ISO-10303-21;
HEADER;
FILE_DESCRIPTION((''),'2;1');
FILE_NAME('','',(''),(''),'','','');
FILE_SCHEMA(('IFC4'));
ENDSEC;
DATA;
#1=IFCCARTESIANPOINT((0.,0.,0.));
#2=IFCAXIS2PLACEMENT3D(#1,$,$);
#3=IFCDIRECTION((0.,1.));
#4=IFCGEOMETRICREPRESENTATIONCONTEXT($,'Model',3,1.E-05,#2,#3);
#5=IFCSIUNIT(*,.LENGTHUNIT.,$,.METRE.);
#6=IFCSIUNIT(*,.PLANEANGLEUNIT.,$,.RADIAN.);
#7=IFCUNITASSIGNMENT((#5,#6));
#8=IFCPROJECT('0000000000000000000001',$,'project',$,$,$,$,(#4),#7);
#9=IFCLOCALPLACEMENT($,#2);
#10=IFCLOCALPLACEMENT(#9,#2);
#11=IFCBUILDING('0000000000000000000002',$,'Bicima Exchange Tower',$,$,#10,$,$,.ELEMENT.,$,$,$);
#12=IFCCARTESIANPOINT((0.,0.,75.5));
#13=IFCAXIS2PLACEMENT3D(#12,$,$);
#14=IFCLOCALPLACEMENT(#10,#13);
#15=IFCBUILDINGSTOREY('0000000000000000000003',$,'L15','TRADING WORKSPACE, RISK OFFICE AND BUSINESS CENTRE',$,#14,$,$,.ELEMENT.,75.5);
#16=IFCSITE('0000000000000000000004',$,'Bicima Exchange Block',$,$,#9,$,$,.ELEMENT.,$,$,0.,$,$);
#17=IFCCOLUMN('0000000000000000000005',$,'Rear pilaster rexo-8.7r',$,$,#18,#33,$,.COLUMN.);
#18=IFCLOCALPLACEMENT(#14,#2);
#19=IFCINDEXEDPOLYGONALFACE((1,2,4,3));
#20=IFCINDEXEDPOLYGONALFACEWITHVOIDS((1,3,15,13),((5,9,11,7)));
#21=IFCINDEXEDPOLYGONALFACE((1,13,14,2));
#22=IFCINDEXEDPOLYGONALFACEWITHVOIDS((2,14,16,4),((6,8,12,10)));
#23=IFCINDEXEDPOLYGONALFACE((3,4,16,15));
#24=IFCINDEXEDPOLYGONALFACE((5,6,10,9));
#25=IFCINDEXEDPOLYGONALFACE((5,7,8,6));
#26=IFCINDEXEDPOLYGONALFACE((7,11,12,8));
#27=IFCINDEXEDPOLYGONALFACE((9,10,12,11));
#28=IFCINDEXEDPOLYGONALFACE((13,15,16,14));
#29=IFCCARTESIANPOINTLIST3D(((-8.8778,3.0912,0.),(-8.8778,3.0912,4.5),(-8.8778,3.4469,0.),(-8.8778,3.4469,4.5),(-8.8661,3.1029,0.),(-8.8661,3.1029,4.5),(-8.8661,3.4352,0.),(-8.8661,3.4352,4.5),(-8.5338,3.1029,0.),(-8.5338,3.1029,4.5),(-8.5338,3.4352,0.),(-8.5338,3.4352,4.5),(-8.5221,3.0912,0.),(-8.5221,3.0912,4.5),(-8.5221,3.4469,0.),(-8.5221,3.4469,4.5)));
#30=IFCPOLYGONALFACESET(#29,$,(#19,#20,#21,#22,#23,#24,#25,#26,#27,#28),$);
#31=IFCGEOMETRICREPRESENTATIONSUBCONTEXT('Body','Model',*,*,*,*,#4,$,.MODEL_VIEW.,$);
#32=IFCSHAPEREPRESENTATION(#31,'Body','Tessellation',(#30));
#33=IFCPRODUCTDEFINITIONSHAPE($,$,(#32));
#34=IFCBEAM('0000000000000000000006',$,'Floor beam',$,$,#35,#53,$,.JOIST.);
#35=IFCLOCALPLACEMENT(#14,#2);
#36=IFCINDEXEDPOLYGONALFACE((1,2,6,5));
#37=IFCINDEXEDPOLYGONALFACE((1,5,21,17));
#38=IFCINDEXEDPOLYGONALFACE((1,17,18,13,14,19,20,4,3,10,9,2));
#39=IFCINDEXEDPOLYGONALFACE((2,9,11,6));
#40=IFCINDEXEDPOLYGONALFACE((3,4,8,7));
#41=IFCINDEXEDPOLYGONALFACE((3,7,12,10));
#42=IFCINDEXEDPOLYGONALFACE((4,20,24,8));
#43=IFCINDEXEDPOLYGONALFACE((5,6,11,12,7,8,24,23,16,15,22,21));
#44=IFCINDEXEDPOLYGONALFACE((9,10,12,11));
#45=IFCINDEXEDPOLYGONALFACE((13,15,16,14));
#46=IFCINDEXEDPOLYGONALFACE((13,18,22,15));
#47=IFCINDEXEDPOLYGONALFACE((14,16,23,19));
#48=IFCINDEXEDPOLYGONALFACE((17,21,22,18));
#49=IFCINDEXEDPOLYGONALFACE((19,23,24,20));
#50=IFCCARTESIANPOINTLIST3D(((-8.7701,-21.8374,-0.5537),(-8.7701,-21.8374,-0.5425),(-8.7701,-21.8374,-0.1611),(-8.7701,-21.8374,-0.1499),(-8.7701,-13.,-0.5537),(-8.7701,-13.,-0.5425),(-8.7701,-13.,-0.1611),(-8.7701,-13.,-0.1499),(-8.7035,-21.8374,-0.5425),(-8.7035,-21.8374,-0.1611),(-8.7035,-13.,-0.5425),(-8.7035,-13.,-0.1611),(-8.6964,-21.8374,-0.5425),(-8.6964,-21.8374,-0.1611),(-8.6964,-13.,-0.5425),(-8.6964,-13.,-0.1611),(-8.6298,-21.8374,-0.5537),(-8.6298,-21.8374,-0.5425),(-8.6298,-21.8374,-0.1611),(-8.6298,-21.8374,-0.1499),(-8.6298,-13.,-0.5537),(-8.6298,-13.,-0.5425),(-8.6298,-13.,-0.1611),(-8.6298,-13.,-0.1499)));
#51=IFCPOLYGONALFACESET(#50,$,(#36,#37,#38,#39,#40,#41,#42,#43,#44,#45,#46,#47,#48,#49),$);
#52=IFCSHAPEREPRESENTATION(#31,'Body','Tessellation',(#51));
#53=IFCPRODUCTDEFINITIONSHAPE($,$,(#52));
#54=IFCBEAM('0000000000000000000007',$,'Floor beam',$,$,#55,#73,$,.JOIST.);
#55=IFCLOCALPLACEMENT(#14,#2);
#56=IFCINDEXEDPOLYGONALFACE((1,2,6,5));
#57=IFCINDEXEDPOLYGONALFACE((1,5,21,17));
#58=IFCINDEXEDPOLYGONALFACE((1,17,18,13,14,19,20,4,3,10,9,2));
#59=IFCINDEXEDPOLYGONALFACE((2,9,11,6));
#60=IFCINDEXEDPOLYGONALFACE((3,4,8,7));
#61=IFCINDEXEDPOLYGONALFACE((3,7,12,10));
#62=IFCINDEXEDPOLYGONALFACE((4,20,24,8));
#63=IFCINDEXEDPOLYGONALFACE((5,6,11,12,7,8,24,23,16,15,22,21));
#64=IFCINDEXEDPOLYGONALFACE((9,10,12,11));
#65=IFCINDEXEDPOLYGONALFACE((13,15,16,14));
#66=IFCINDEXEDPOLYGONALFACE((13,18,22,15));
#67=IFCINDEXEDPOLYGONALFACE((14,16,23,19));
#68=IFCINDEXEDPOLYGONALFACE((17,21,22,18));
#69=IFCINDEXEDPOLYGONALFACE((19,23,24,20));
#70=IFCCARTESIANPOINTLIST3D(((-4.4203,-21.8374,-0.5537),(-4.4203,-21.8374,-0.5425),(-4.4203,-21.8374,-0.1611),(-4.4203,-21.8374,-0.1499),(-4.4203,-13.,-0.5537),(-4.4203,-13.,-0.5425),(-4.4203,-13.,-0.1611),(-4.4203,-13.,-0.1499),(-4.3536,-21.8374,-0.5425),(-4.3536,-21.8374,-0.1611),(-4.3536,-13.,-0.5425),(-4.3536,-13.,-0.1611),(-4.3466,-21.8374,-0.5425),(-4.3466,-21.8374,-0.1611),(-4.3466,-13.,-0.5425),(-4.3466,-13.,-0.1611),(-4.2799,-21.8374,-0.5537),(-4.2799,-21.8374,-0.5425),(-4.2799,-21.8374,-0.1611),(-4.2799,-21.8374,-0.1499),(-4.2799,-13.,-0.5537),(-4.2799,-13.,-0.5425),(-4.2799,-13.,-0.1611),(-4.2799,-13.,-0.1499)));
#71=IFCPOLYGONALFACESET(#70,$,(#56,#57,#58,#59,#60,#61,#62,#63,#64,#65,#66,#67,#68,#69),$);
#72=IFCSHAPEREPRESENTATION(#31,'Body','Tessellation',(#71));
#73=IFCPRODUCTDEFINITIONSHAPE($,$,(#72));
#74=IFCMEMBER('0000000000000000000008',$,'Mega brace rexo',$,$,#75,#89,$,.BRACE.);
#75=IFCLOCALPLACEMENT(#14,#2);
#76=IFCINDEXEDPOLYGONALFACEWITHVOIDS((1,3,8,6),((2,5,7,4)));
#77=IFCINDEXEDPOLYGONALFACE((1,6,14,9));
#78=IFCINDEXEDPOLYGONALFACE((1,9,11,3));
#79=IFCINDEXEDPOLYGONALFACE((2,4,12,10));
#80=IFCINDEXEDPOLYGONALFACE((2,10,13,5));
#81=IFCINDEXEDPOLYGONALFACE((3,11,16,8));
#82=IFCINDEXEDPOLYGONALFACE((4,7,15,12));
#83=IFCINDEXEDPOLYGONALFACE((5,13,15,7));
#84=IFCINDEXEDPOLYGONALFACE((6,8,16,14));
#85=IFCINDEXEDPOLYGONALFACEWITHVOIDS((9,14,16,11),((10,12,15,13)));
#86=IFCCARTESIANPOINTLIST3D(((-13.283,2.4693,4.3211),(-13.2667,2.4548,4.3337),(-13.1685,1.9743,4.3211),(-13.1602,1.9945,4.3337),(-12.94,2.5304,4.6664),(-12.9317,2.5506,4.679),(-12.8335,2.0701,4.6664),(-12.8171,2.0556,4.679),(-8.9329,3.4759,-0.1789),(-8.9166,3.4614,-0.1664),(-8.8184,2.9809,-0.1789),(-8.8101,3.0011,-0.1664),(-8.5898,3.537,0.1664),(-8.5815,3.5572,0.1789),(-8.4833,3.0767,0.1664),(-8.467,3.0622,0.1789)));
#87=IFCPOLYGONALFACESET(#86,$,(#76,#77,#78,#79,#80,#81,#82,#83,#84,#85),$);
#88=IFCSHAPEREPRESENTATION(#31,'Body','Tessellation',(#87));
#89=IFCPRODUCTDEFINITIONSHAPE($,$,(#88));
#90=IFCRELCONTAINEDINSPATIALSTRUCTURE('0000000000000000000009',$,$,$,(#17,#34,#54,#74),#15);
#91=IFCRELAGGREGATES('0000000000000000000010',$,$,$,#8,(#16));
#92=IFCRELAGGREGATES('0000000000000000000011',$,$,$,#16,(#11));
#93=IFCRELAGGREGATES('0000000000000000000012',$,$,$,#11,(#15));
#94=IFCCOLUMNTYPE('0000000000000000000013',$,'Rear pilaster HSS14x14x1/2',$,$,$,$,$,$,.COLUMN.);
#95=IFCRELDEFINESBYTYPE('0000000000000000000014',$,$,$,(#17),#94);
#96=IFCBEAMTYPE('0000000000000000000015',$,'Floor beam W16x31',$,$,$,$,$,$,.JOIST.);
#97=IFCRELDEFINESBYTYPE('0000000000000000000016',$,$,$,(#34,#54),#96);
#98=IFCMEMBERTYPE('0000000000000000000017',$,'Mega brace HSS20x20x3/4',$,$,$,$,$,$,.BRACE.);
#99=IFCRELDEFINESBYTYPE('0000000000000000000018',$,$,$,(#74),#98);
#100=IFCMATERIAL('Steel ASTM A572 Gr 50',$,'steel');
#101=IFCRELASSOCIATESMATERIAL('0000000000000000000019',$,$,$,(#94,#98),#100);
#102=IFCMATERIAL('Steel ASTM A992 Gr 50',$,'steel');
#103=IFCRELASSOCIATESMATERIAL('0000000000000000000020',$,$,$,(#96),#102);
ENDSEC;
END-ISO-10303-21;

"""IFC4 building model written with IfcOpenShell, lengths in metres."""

from ifc_helpers import new_model, si_unit, direction, frame, origin, origin_2d, place, context, subcontext, project, spatial, hollow_rectangle, i_section, extrude, material, material_profile, profile_set, type_object, element, save


model = new_model("IFC4")

# Units and contexts
model_context = context("Model", 3, precision=1e-05, world=origin(), true_north=direction((0.0, 1.0)))
body_context = subcontext(model_context, "Body", "Model", "MODEL_VIEW")
ifc_project = project(units=[si_unit("LENGTHUNIT", "METRE"), si_unit("PLANEANGLEUNIT", "RADIAN")], contexts=[model_context])

# Site, building, storey
site_placement = place(None, origin())
site = spatial("IfcSite", under=ifc_project, at=site_placement, Name="Bicima Exchange Block", CompositionType="ELEMENT", RefElevation=0.0)
building_placement = place(site_placement, origin())
building = spatial("IfcBuilding", under=site, at=building_placement, Name="Bicima Exchange Tower", CompositionType="ELEMENT")
storey_placement = place(building_placement, frame((0.0, 0.0, 75.5)))
storey = spatial("IfcBuildingStorey", under=building, at=storey_placement, Name="L15", Description="TRADING WORKSPACE, RISK OFFICE AND BUSINESS CENTRE", CompositionType="ELEMENT", Elevation=75.5)

# Column
ifc_material_1 = material(Name="Steel ASTM A572 Gr 50", Category="steel")
ifc_material_profile_1 = material_profile(ifc_material_1, hollow_rectangle(XDim=0.3557, YDim=0.3557, WallThickness=0.0117, at=origin_2d()))
ifc_profile_set_1 = profile_set([ifc_material_profile_1], Name="Steel ASTM A572 Gr 50")
column_type = type_object("IfcColumnType", Name="Rear pilaster HSS14x14x1/2", PredefinedType="COLUMN", material=ifc_profile_set_1)
column_placement = place(storey_placement, frame((-8.7, 3.269, 0.0), z_axis=(0.0, 0.0, 1.0), x_axis=(1.0, 0.0, 0.0)))
element("IfcColumn", 1, at=column_placement, inside=storey, type_object=column_type, Name="Rear pilaster rexo-8.7r", PredefinedType="COLUMN", context=body_context, shape_type="SweptSolid", body=[
    extrude(hollow_rectangle(XDim=0.3557, YDim=0.3557, WallThickness=0.0117, at=origin_2d()), origin(), (0.0, 0.0, 1.0), 4.5),
])

# Beams
ifc_material_2 = material(Name="Steel ASTM A992 Gr 50", Category="steel")
ifc_material_profile_2 = material_profile(ifc_material_2, i_section(OverallWidth=0.1404, OverallDepth=0.4038, WebThickness=0.0071, FlangeThickness=0.0112, at=origin_2d()))
ifc_profile_set_2 = profile_set([ifc_material_profile_2], Name="Steel ASTM A992 Gr 50")
beam_type = type_object("IfcBeamType", Name="Floor beam W16x31", PredefinedType="JOIST", material=ifc_profile_set_2)
for number, where, z_axis, x_axis, name in (
    (2, (-8.7, -13.0, -0.3518), (0.0, -1.0, 0.0), (1.0, 0.0, 0.0), "Floor beam"),
    (3, (-4.3501, -13.0, -0.3518), (0.0, -1.0, 0.0), (1.0, 0.0, 0.0), "Floor beam"),
):
    element("IfcBeam", number, at=place(storey_placement, frame(where, z_axis=z_axis, x_axis=x_axis)), inside=storey, type_object=beam_type, Name=name, PredefinedType="JOIST", context=body_context, shape_type="SweptSolid", body=[
        extrude(i_section(OverallWidth=0.1404, OverallDepth=0.4038, WebThickness=0.0071, FlangeThickness=0.0112, at=origin_2d()), origin(), (0.0, 0.0, 1.0), 8.8374),
    ])

# Member
ifc_material_profile_3 = material_profile(ifc_material_1, hollow_rectangle(XDim=0.5081, YDim=0.5081, WallThickness=0.0178, at=origin_2d()))
ifc_profile_set_3 = profile_set([ifc_material_profile_3], Name="Steel ASTM A572 Gr 50")
member_type = type_object("IfcMemberType", Name="Mega brace HSS20x20x3/4", PredefinedType="BRACE", material=ifc_profile_set_3)
member_placement = place(storey_placement, frame((-8.7, 3.269, 0.0), z_axis=(-0.686212, -0.158786, 0.709859), x_axis=(0.225439, -0.974257, 0.0)))
element("IfcMember", 4, at=member_placement, inside=storey, type_object=member_type, Name="Mega brace rexo", PredefinedType="BRACE", context=body_context, shape_type="SweptSolid", body=[
    extrude(hollow_rectangle(XDim=0.5081, YDim=0.5081, WallThickness=0.0178, at=origin_2d()), origin(), (0.0, 0.0, 1.0), 6.3394),
])

save(model, "model.ifc")
